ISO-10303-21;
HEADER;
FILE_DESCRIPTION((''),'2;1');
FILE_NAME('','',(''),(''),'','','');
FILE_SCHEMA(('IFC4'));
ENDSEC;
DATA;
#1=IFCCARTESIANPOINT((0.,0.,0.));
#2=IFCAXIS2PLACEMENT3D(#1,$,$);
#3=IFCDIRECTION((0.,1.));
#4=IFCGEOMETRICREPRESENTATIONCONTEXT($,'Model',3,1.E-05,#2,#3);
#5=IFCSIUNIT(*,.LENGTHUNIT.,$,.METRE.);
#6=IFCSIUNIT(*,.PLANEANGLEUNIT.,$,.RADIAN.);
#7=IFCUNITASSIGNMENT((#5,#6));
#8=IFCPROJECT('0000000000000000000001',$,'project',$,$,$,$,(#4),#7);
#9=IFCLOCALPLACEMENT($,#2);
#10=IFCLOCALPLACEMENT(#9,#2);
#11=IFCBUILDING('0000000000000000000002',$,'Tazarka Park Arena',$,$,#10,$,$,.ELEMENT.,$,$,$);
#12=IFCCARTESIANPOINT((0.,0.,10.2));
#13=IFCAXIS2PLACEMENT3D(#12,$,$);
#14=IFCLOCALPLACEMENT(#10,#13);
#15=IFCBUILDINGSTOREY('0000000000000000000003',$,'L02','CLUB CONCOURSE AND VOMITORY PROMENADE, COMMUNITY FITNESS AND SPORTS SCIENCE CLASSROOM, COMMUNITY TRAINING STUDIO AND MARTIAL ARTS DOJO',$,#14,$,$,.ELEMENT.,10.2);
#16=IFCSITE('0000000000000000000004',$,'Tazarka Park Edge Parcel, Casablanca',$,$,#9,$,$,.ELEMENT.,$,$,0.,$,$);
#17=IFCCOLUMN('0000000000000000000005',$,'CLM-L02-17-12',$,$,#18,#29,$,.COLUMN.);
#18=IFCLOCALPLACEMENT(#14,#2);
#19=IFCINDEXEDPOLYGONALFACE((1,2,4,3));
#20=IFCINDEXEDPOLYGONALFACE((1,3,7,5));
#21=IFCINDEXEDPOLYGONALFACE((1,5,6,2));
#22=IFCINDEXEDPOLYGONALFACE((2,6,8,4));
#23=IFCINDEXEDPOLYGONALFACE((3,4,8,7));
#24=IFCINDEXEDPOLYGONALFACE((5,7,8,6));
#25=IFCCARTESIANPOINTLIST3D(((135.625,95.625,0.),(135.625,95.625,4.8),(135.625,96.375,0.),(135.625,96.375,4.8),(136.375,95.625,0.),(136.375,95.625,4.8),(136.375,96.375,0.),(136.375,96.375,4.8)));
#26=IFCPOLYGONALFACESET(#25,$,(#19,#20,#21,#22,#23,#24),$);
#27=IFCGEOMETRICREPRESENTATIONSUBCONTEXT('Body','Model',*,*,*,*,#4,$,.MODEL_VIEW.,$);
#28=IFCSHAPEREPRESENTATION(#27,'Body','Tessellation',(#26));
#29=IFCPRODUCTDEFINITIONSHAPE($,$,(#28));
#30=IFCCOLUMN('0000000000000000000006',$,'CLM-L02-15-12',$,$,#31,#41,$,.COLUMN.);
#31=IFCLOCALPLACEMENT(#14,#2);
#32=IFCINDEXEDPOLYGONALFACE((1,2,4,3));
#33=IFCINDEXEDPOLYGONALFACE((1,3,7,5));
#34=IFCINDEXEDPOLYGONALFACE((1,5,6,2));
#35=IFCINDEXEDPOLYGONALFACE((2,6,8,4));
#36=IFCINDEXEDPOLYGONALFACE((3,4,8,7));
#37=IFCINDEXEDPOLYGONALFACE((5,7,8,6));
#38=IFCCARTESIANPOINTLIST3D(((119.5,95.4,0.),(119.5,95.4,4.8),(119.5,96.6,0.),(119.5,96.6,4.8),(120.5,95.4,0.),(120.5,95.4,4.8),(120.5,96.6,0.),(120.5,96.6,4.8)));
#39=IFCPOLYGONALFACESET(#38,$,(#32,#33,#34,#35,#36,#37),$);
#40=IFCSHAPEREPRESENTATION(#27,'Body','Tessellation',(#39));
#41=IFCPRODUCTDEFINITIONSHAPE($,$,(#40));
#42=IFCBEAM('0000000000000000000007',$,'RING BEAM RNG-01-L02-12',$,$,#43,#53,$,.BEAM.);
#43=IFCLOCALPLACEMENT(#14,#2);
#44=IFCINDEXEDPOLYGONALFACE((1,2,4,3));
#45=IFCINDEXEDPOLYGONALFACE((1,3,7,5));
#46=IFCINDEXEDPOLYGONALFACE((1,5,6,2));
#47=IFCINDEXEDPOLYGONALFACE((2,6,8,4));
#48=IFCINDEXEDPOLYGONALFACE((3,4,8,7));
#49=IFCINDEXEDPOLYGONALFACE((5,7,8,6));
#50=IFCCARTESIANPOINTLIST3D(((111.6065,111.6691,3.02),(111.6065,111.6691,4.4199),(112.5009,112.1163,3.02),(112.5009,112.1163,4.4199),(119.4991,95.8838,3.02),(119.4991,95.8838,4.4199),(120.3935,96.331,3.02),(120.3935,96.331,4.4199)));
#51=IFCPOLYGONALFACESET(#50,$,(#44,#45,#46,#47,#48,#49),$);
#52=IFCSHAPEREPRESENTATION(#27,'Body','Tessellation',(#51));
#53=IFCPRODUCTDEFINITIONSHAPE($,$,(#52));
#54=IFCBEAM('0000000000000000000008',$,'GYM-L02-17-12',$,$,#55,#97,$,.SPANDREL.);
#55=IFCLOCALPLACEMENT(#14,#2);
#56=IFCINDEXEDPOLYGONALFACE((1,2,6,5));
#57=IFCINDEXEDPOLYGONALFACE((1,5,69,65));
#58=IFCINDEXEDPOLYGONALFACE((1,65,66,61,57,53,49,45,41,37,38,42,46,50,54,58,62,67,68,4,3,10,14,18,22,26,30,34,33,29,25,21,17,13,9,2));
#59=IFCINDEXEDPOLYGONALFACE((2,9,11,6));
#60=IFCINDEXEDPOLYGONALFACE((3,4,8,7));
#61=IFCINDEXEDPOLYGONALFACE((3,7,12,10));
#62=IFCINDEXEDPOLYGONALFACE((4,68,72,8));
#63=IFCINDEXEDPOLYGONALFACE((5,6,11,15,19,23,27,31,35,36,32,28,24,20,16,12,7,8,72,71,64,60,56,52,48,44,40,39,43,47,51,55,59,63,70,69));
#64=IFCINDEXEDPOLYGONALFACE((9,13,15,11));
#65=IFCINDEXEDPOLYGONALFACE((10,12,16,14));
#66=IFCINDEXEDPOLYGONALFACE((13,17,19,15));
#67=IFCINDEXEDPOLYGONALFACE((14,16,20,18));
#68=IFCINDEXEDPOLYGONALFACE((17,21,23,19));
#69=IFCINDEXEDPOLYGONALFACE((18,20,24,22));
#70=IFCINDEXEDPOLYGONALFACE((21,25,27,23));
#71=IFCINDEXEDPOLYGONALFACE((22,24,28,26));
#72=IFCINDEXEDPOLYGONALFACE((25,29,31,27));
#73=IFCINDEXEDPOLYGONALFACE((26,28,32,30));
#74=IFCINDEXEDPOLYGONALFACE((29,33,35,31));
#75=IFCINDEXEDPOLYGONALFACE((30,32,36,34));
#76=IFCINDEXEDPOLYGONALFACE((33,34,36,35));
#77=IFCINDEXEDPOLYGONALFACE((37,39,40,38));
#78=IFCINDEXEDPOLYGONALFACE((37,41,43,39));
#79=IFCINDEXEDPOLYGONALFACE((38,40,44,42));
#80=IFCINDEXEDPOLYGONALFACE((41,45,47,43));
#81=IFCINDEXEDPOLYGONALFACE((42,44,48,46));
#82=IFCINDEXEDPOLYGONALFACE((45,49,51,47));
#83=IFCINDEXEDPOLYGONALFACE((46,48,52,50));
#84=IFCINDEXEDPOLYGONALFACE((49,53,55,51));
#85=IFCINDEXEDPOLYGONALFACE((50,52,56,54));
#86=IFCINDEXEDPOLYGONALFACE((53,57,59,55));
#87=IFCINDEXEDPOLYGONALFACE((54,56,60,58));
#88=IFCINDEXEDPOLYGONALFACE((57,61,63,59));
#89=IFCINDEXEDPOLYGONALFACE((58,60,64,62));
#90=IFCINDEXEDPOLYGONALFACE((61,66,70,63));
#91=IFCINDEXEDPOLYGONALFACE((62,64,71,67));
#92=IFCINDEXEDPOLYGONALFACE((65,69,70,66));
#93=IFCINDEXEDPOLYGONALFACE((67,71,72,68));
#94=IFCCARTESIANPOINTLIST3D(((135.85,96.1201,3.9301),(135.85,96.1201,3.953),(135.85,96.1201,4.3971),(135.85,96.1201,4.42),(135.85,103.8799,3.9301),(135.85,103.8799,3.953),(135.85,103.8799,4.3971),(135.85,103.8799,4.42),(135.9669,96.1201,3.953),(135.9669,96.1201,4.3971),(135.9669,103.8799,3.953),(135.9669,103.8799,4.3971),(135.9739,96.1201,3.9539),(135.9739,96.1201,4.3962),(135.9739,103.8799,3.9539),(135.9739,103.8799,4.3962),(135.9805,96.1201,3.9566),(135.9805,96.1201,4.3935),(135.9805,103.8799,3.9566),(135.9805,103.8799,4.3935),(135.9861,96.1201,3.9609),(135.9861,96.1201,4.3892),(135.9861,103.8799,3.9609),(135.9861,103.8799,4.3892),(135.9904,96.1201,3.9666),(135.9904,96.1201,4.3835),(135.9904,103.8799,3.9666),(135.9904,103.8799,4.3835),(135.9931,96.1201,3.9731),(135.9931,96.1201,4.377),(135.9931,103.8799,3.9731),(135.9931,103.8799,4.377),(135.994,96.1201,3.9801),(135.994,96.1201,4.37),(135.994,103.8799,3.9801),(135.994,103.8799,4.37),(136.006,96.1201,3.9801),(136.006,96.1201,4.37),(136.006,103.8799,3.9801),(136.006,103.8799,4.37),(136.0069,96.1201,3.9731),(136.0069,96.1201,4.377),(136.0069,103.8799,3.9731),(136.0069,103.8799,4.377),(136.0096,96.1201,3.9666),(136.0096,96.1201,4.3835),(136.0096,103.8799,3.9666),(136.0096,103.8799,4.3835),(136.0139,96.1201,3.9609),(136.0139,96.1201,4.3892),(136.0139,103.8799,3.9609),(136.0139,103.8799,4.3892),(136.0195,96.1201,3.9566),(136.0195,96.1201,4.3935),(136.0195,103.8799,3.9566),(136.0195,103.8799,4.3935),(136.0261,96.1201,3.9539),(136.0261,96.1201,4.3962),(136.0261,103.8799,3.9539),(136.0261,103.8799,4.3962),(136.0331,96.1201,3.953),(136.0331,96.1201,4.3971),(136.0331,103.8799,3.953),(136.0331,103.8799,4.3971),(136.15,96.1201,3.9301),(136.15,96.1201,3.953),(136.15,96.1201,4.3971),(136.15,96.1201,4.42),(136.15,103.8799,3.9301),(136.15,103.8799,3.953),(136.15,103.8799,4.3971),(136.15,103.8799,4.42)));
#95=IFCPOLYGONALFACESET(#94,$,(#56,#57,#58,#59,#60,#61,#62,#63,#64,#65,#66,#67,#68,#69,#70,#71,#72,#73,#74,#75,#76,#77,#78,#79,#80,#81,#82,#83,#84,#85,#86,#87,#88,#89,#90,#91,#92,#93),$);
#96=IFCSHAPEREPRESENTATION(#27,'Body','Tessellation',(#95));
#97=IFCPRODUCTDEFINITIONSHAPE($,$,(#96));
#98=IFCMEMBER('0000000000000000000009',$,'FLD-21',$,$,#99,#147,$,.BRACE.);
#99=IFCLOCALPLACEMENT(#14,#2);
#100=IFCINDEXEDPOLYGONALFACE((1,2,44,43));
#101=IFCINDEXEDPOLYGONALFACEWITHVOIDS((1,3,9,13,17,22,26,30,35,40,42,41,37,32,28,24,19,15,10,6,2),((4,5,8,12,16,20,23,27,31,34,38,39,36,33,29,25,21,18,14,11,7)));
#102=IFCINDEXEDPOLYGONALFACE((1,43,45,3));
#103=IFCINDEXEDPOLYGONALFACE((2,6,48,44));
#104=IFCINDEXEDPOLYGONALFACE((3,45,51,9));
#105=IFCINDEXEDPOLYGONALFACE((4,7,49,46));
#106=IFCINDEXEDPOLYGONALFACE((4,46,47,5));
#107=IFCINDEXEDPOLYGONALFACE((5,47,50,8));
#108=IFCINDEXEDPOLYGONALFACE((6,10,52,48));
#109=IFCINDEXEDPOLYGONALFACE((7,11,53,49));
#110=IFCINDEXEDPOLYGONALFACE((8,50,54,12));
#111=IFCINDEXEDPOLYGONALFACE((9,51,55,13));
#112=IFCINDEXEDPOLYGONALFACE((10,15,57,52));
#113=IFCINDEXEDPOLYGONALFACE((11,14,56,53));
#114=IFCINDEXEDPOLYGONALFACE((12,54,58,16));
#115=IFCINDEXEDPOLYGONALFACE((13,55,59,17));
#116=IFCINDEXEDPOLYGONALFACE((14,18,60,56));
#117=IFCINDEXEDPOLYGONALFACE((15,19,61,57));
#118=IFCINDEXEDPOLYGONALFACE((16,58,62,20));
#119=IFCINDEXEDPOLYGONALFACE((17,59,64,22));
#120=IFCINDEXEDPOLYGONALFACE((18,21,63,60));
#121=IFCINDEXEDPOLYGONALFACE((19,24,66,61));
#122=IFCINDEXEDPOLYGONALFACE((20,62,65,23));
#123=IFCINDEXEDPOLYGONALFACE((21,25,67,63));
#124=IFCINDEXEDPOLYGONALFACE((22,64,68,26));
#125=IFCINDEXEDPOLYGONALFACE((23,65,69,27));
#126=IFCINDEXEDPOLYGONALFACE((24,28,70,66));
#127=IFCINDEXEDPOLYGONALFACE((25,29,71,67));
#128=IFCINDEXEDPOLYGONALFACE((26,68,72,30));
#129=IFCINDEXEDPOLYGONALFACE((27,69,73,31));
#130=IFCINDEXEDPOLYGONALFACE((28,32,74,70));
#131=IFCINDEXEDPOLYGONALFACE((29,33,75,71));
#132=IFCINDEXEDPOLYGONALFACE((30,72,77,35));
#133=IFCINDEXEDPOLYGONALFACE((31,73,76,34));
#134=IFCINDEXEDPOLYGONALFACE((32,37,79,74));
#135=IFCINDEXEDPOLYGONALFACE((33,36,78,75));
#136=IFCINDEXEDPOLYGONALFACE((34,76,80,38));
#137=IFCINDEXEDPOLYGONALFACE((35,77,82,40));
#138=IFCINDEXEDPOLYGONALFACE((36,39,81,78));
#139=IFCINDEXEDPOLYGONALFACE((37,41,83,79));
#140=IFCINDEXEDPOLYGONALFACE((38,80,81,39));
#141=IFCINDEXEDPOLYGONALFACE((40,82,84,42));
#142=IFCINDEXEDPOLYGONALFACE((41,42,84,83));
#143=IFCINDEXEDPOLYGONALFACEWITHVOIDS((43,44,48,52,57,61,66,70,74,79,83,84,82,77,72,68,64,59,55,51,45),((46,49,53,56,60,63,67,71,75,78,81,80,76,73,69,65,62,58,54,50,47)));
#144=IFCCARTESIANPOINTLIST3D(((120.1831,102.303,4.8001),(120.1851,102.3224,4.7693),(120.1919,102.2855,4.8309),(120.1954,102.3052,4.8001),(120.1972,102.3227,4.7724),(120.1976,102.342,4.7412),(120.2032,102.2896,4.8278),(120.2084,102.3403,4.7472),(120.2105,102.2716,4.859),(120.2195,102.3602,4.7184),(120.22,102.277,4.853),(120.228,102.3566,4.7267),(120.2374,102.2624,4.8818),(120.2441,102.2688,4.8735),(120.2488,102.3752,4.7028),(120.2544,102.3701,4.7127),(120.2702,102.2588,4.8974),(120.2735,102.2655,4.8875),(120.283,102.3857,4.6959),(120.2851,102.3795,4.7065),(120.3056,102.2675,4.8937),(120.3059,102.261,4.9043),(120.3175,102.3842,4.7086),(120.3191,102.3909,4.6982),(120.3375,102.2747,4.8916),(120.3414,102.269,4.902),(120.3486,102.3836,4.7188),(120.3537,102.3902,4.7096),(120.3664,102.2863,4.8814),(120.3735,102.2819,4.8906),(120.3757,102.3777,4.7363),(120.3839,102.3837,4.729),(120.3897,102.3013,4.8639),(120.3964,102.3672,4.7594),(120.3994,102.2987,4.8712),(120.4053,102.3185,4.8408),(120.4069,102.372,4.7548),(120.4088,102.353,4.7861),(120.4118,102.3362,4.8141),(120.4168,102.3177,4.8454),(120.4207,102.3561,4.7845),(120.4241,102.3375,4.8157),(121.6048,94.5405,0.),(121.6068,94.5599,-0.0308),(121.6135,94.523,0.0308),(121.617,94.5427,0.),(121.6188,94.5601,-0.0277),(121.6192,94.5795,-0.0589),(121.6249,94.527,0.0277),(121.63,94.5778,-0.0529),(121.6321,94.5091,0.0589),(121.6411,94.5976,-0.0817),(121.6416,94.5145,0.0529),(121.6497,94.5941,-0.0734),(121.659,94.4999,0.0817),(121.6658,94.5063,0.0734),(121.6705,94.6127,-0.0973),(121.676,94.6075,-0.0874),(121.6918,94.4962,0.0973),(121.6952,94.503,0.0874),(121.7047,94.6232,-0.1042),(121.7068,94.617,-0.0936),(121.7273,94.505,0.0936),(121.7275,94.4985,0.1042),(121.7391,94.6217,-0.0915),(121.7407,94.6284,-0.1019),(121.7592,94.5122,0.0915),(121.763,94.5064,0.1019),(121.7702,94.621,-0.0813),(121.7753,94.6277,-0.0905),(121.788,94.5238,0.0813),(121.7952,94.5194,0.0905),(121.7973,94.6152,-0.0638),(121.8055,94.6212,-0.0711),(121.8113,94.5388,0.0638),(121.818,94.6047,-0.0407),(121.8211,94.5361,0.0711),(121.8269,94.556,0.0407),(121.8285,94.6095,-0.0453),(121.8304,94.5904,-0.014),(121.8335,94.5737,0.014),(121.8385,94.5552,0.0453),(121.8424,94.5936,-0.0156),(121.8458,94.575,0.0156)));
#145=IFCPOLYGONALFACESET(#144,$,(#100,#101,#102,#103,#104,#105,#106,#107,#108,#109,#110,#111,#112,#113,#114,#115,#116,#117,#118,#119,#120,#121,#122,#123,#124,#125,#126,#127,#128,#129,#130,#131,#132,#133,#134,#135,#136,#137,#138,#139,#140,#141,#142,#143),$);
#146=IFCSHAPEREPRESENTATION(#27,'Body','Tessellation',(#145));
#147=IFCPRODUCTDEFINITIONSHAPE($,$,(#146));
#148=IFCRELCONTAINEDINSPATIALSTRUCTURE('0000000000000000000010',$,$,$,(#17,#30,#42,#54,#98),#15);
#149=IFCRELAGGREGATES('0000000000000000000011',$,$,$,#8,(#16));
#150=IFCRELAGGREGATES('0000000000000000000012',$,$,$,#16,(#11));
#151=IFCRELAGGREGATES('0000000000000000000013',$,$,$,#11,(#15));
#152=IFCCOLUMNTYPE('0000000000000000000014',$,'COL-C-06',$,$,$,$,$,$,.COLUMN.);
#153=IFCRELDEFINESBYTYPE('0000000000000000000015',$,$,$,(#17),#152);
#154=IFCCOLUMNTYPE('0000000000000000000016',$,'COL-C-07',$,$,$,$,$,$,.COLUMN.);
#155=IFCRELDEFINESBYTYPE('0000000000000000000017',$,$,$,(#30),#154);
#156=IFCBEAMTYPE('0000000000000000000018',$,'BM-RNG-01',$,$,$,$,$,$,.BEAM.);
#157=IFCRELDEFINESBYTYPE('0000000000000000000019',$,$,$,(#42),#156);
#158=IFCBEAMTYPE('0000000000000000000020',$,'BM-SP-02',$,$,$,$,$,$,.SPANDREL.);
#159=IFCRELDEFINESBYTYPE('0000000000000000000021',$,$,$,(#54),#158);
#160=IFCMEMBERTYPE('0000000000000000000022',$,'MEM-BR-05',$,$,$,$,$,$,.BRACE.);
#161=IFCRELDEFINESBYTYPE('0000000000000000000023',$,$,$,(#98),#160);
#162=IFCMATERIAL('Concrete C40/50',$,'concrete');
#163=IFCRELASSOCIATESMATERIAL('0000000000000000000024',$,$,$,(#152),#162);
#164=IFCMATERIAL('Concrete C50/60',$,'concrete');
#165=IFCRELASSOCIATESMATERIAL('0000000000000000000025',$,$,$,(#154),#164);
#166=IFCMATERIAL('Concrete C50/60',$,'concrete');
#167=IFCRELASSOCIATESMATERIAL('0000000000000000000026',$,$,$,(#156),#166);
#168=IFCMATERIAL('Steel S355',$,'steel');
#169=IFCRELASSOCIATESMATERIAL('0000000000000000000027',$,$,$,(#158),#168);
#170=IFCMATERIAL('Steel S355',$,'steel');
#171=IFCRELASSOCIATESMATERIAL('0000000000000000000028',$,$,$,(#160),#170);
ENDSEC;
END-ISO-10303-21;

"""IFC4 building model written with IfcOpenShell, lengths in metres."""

from ifc_helpers import new_model, si_unit, direction, frame, origin, origin_2d, place, context, subcontext, project, spatial, rectangle, hollow_circle, i_section, extrude, material, material_profile, profile_set, type_object, element, save


model = new_model("IFC4")

# Units and contexts
model_context = context("Model", 3, precision=1e-05, world=origin(), true_north=direction((0.0, 1.0)))
body_context = subcontext(model_context, "Body", "Model", "MODEL_VIEW")
ifc_project = project(units=[si_unit("LENGTHUNIT", "METRE"), si_unit("PLANEANGLEUNIT", "RADIAN")], contexts=[model_context])

# Site, building, storey
site_placement = place(None, origin())
site = spatial("IfcSite", under=ifc_project, at=site_placement, Name="Tazarka Park Edge Parcel, Casablanca", CompositionType="ELEMENT", RefElevation=0.0)
building_placement = place(site_placement, origin())
building = spatial("IfcBuilding", under=site, at=building_placement, Name="Tazarka Park Arena", CompositionType="ELEMENT")
storey_placement = place(building_placement, frame((0.0, 0.0, 10.2)))
storey = spatial("IfcBuildingStorey", under=building, at=storey_placement, Name="L02", Description="CLUB CONCOURSE AND VOMITORY PROMENADE, COMMUNITY FITNESS AND SPORTS SCIENCE CLASSROOM, COMMUNITY TRAINING STUDIO AND MARTIAL ARTS DOJO", CompositionType="ELEMENT", Elevation=10.2)

# Columns
ifc_material_1 = material(Name="Concrete C40/50", Category="concrete")
ifc_material_profile_1 = material_profile(ifc_material_1, rectangle(XDim=0.75, YDim=0.75, at=origin_2d()), Name="Concrete C40/50")
ifc_profile_set_1 = profile_set([ifc_material_profile_1], Name="Concrete C40/50")
column_type_1 = type_object("IfcColumnType", Name="COL-C-06", PredefinedType="COLUMN", material=ifc_profile_set_1)
column_1_placement = place(storey_placement, frame((136.0, 96.0, 0.0), z_axis=(0.0, 0.0, 1.0), x_axis=(1.0, 0.0, 0.0)))
element("IfcColumn", 1, at=column_1_placement, inside=storey, type_object=column_type_1, Name="CLM-L02-17-12", PredefinedType="COLUMN", context=body_context, shape_type="SweptSolid", body=[
    extrude(rectangle(XDim=0.75, YDim=0.75, at=origin_2d()), origin(), (0.0, 0.0, 1.0), 4.8),
])
ifc_material_2 = material(Name="Concrete C50/60", Category="concrete")
ifc_material_profile_2 = material_profile(ifc_material_2, rectangle(XDim=1.0, YDim=1.2, at=origin_2d()), Name="Concrete C50/60")
ifc_profile_set_2 = profile_set([ifc_material_profile_2], Name="Concrete C50/60")
column_type_2 = type_object("IfcColumnType", Name="COL-C-07", PredefinedType="COLUMN", material=ifc_profile_set_2)
column_2_placement = place(storey_placement, frame((120.0, 96.0, 0.0), z_axis=(0.0, 0.0, 1.0), x_axis=(1.0, 0.0, 0.0)))
element("IfcColumn", 2, at=column_2_placement, inside=storey, type_object=column_type_2, Name="CLM-L02-15-12", PredefinedType="COLUMN", context=body_context, shape_type="SweptSolid", body=[
    extrude(rectangle(XDim=1.0, YDim=1.2, at=origin_2d()), origin(), (0.0, 0.0, 1.0), 4.8),
])

# Beams
ifc_material_3 = material(Name="Concrete C50/60", Category="concrete")
ifc_material_profile_3 = material_profile(ifc_material_3, rectangle(XDim=1.0, YDim=1.3999, at=origin_2d()), Name="Concrete C50/60")
ifc_profile_set_3 = profile_set([ifc_material_profile_3], Name="Concrete C50/60")
beam_type_1 = type_object("IfcBeamType", Name="BM-RNG-01", PredefinedType="BEAM", material=ifc_profile_set_3)
beam_1_placement = place(storey_placement, frame((119.9463, 96.1074, 3.72), z_axis=(-0.447214, 0.894427, 0.0), x_axis=(-0.894427, -0.447214, 0.0)))
element("IfcBeam", 3, at=beam_1_placement, inside=storey, type_object=beam_type_1, Name="RING BEAM RNG-01-L02-12", PredefinedType="BEAM", context=body_context, shape_type="SweptSolid", body=[
    extrude(rectangle(XDim=1.0, YDim=1.3999, at=origin_2d()), origin(), (0.0, 0.0, 1.0), 17.6484),
])
ifc_material_4 = material(Name="Steel S355", Category="steel")
ifc_material_profile_4 = material_profile(ifc_material_4, i_section(OverallWidth=0.3, OverallDepth=0.49, WebThickness=0.012, FlangeThickness=0.0229, FilletRadius=0.0271, at=origin_2d()), Name="Steel S355")
ifc_profile_set_4 = profile_set([ifc_material_profile_4], Name="Steel S355")
beam_type_2 = type_object("IfcBeamType", Name="BM-SP-02", PredefinedType="SPANDREL", material=ifc_profile_set_4)
beam_2_placement = place(storey_placement, frame((136.0, 96.1201, 4.175), z_axis=(0.0, 1.0, 0.0), x_axis=(-1.0, 0.0, 0.0)))
element("IfcBeam", 4, at=beam_2_placement, inside=storey, type_object=beam_type_2, Name="GYM-L02-17-12", PredefinedType="SPANDREL", context=body_context, shape_type="SweptSolid", body=[
    extrude(i_section(OverallWidth=0.3, OverallDepth=0.49, WebThickness=0.012, FlangeThickness=0.0229, FilletRadius=0.0271, at=origin_2d()), origin(), (0.0, 0.0, 1.0), 7.7598),
])

# Member
ifc_material_5 = material(Name="Steel S355", Category="steel")
ifc_material_profile_5 = material_profile(ifc_material_5, hollow_circle(Radius=0.1223, WallThickness=0.0125, at=origin_2d()), Name="Steel S355")
ifc_profile_set_5 = profile_set([ifc_material_profile_5], Name="Steel S355")
member_type_1 = type_object("IfcMemberType", Name="MEM-BR-05", PredefinedType="BRACE", material=ifc_profile_set_5)
member_1_placement = place(storey_placement, frame((121.7251, 94.5625, 0.0), z_axis=(-0.153911, 0.84039, 0.51967), x_axis=(-0.98364, -0.180146, 0.0)))
element("IfcMember", 5, at=member_1_placement, inside=storey, type_object=member_type_1, Name="FLD-21", PredefinedType="BRACE", context=body_context, shape_type="SweptSolid", body=[
    extrude(hollow_circle(Radius=0.1223, WallThickness=0.0125, at=origin_2d()), origin(), (0.0, 0.0, 1.0), 9.2368),
])

save(model, "model.ifc")
